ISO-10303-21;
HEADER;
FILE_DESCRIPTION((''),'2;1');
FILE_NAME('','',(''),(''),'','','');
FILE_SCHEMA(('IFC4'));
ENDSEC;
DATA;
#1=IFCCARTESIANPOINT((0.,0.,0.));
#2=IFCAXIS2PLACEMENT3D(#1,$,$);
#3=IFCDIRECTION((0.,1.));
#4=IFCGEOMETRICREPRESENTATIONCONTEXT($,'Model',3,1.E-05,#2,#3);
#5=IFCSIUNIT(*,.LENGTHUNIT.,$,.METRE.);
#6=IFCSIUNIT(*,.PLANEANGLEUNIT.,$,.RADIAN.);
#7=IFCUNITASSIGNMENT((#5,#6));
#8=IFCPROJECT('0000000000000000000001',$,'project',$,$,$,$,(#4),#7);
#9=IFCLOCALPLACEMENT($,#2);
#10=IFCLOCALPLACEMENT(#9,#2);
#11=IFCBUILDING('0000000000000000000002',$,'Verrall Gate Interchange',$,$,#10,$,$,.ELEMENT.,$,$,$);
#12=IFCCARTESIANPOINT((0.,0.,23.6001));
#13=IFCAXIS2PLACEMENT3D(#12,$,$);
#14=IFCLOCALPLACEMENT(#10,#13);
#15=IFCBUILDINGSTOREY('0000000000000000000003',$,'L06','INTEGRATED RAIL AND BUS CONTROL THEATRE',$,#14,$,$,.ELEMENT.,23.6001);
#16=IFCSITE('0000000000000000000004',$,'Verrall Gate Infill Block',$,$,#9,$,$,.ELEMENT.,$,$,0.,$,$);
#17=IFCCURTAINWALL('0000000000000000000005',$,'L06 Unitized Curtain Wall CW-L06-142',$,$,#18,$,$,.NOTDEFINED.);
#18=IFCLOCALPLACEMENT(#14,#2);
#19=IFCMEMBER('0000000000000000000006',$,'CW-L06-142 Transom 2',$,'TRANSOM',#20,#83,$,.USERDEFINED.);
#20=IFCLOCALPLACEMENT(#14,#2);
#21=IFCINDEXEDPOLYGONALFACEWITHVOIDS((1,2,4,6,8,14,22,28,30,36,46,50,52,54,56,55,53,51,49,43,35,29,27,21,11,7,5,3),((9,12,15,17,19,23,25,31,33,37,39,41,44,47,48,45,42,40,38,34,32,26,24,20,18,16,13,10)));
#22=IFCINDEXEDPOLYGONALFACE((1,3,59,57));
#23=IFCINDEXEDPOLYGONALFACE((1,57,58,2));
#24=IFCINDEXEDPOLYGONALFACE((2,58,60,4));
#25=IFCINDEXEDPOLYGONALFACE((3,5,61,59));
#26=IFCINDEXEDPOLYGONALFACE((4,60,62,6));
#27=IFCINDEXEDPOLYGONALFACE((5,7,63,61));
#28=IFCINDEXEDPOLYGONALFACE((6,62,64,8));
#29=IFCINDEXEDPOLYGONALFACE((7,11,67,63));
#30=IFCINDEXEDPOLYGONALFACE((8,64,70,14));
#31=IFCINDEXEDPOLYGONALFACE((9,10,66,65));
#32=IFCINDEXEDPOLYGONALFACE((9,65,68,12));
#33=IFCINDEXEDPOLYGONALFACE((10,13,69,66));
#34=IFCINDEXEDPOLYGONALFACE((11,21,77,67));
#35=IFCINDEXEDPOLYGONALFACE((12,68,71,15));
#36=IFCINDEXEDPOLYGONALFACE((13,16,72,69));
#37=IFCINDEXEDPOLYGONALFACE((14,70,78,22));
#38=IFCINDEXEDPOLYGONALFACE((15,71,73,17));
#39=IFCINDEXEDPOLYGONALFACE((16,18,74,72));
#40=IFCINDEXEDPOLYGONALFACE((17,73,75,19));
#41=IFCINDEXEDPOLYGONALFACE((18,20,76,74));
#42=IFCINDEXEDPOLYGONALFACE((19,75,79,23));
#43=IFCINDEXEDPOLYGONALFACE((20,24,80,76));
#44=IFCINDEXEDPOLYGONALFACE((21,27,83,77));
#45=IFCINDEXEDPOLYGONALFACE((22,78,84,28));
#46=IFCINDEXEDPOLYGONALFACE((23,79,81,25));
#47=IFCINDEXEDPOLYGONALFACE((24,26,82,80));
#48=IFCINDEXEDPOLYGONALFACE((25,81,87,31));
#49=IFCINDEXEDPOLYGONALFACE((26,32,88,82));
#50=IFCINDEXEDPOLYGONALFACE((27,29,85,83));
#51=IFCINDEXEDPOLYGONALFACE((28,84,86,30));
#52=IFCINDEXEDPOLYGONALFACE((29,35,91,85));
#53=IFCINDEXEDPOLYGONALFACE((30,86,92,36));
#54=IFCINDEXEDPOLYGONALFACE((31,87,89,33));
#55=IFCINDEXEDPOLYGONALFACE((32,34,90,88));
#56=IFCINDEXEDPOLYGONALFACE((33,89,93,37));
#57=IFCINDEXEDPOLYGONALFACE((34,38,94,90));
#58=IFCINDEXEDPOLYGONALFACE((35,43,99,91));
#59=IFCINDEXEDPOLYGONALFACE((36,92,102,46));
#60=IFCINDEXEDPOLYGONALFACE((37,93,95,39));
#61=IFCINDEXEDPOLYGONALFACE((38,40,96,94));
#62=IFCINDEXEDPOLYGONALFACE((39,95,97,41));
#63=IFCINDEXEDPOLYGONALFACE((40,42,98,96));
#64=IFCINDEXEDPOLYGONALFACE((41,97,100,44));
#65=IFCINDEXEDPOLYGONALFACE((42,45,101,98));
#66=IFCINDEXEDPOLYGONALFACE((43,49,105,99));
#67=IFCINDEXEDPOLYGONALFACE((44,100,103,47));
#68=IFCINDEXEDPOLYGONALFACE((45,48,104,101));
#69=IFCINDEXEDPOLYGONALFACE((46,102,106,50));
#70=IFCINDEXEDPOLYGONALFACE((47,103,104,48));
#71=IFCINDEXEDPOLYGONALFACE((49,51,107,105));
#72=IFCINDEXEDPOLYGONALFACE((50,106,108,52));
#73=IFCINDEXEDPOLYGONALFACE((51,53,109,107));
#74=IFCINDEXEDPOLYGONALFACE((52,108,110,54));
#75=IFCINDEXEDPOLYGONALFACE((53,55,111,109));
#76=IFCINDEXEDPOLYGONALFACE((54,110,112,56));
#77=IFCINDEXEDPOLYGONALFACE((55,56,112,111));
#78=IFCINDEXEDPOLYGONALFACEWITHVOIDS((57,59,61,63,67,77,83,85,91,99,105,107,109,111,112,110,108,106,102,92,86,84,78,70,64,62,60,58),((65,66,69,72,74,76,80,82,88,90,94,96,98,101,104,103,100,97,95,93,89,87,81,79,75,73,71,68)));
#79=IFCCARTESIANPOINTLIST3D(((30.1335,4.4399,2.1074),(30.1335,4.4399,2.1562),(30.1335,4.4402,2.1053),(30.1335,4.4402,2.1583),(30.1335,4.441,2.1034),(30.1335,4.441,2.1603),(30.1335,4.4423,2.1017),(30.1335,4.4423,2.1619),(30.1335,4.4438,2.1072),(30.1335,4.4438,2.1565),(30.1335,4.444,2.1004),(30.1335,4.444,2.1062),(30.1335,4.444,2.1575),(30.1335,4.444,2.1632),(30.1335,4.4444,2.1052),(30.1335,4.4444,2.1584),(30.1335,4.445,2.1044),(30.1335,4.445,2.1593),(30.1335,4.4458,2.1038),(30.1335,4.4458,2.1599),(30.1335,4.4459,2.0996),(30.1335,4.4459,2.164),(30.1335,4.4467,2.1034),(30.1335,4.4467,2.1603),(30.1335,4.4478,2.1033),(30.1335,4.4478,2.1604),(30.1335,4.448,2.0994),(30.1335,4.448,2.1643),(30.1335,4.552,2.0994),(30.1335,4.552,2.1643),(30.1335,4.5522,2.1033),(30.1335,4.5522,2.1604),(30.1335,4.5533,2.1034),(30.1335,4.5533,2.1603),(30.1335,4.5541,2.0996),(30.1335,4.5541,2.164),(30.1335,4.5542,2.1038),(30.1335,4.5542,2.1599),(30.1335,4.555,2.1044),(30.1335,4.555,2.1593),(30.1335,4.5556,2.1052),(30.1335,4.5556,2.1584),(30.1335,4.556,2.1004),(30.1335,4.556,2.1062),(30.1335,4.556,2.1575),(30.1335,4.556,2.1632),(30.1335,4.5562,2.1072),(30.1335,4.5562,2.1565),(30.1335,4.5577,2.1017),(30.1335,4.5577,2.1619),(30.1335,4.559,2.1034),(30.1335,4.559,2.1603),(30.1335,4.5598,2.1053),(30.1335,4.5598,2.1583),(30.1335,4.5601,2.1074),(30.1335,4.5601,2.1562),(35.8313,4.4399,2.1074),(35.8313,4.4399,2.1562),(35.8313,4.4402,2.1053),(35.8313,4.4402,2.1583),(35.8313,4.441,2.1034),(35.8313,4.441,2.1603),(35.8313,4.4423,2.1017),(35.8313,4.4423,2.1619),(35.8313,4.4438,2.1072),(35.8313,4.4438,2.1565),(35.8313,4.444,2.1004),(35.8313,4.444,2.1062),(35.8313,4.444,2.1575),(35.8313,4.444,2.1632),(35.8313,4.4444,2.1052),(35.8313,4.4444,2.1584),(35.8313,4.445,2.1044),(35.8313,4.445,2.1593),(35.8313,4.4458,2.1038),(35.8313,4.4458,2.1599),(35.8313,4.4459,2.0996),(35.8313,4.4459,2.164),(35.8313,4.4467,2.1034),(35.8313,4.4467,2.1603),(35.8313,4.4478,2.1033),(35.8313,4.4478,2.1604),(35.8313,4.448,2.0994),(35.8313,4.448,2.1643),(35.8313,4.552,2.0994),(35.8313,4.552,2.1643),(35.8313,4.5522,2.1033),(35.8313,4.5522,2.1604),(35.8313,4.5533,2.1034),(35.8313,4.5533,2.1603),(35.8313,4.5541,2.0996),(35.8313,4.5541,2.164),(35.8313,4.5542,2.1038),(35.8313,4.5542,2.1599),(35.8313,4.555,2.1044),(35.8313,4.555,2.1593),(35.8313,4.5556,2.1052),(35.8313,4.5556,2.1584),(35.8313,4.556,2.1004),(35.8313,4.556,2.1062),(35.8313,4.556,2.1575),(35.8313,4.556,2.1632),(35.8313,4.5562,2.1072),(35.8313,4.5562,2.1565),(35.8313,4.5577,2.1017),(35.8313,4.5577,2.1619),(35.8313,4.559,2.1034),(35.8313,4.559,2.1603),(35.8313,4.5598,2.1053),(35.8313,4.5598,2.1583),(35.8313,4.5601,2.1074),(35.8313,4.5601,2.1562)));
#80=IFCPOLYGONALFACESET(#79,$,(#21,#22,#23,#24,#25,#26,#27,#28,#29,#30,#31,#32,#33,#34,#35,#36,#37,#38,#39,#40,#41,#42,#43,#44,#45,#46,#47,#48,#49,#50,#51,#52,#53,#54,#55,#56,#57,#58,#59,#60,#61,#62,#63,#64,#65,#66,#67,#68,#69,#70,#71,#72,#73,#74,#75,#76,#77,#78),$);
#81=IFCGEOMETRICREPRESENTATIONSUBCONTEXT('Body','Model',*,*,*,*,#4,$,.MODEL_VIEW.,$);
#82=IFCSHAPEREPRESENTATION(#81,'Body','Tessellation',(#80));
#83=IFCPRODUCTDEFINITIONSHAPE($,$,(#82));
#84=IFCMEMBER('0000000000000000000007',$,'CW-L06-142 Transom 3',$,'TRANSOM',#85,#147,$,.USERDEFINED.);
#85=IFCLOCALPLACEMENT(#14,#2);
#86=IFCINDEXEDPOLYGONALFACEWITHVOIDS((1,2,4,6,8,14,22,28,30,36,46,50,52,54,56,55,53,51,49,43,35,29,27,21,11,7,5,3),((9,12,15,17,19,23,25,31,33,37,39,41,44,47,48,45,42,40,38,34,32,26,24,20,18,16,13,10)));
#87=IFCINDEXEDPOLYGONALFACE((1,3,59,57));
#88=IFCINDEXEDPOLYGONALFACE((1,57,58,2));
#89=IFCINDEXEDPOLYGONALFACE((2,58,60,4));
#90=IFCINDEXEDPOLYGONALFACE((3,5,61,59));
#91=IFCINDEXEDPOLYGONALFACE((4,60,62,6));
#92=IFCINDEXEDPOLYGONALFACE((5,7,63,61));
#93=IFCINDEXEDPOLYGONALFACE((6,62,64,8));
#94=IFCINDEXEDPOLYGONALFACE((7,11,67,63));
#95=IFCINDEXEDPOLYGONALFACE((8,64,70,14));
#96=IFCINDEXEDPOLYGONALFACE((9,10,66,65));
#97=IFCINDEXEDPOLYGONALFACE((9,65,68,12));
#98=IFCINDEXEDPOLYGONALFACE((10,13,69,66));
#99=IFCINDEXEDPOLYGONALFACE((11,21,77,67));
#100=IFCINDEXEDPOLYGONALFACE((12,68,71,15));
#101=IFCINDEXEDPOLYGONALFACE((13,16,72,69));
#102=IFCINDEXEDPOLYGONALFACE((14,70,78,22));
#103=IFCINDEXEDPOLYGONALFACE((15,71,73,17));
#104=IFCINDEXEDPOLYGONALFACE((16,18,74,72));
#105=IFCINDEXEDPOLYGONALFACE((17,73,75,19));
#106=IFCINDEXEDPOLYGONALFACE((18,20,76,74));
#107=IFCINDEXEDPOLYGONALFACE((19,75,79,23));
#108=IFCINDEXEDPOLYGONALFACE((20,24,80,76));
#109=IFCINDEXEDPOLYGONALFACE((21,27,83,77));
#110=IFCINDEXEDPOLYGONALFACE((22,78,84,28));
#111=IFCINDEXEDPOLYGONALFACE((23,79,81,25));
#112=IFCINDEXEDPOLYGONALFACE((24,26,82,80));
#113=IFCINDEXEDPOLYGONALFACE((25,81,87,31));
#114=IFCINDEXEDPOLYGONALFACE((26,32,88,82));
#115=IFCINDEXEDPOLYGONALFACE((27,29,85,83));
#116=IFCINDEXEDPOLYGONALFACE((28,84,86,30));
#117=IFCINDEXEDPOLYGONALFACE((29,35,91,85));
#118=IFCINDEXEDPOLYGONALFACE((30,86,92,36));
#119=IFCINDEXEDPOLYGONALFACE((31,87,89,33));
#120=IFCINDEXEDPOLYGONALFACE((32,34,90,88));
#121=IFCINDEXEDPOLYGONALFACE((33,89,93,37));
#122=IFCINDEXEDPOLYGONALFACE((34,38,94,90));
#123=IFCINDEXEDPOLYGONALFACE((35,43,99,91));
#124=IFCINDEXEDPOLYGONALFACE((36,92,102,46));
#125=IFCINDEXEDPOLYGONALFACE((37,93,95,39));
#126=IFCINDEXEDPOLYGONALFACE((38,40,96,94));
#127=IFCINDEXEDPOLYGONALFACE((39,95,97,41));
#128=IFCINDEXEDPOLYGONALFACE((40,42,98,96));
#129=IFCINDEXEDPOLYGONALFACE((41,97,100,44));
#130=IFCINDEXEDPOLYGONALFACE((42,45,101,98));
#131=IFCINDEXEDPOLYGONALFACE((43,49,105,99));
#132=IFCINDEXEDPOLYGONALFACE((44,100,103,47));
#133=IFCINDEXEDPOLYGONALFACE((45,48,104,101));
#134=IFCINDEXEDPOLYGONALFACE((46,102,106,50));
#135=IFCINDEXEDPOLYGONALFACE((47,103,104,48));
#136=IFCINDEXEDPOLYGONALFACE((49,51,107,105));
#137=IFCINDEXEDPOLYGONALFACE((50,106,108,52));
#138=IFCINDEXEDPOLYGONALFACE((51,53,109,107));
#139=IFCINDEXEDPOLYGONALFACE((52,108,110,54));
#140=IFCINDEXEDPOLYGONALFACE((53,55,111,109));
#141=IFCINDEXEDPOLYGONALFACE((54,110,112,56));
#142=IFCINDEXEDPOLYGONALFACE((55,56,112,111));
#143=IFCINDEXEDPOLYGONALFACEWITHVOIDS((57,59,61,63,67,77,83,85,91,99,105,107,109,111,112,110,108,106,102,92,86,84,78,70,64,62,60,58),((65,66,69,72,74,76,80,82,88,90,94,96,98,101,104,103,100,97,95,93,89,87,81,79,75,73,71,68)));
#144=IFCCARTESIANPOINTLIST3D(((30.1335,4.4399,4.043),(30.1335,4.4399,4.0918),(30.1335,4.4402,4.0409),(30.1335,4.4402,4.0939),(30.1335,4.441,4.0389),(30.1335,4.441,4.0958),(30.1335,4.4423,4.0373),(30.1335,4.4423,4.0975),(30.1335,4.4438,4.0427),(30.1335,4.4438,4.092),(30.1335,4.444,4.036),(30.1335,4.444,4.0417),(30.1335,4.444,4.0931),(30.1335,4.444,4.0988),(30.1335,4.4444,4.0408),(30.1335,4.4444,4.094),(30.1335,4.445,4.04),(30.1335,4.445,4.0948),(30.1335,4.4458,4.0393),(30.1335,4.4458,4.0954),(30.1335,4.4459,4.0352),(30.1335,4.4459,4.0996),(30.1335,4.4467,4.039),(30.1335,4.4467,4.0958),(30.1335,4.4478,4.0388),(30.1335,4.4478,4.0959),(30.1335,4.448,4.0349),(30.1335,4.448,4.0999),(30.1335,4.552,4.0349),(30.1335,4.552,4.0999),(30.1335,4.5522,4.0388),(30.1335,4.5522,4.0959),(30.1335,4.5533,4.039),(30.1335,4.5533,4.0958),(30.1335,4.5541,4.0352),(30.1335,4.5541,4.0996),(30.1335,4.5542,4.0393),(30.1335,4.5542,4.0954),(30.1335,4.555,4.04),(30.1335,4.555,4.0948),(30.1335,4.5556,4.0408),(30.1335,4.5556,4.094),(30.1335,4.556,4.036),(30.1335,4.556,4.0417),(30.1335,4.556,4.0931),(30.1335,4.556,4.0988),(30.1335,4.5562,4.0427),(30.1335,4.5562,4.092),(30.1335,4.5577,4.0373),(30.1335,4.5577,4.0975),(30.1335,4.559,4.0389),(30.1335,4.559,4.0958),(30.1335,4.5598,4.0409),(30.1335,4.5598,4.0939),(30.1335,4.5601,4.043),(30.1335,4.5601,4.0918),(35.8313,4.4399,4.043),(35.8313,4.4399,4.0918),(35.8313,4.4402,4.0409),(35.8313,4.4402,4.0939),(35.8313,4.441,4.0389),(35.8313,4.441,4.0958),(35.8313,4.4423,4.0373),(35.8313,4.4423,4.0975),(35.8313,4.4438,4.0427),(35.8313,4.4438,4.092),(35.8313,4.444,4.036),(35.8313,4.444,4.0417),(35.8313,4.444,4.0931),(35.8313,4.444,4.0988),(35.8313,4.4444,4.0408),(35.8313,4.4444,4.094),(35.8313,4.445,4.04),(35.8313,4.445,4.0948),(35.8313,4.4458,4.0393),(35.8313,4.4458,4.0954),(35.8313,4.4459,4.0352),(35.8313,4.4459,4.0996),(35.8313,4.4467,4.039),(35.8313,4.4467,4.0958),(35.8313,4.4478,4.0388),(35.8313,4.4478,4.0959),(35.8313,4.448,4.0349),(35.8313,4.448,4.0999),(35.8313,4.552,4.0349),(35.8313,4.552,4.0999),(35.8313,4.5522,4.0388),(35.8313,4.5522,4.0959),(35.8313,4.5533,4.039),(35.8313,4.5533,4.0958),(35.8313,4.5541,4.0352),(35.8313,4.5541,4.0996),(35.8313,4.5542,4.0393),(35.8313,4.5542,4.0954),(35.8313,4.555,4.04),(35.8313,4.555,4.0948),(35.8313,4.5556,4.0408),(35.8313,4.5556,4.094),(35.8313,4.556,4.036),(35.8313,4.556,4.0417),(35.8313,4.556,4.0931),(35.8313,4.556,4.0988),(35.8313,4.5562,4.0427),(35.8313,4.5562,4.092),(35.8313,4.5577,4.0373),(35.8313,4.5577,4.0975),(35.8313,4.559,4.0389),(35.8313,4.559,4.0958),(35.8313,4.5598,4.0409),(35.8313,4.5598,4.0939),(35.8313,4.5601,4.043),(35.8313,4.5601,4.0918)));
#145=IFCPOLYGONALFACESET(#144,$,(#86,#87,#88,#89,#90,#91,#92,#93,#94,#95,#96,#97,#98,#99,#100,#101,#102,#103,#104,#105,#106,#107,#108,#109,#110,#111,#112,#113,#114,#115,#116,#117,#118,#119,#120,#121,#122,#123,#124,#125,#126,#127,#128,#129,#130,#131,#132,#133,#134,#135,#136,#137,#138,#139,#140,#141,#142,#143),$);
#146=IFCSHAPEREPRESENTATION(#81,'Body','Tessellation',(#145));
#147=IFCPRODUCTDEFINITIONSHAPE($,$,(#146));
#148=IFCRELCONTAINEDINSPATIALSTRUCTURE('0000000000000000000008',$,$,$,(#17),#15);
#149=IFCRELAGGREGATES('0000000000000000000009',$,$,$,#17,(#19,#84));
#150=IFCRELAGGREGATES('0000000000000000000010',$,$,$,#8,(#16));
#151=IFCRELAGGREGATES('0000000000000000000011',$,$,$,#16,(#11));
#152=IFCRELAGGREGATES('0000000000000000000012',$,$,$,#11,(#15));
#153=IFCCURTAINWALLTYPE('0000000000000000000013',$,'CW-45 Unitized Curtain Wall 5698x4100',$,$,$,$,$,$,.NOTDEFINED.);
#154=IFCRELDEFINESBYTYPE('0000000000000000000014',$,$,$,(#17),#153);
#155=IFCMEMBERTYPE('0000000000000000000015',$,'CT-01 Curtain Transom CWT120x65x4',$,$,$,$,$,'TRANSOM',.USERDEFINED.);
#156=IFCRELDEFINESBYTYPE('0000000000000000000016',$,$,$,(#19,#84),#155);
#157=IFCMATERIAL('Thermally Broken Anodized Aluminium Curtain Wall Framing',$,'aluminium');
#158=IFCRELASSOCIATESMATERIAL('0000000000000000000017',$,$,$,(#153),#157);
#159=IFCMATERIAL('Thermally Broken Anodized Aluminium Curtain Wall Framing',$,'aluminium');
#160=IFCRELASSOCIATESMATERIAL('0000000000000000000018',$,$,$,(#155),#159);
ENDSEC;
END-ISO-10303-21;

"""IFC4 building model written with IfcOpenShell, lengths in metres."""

from ifc_helpers import new_model, si_unit, direction, frame, origin, origin_2d, place, context, subcontext, project, spatial, hollow_rectangle, extrude, material, material_profile, profile_set, type_object, element, aggregate, save


model = new_model("IFC4")

# Units and contexts
model_context = context("Model", 3, precision=1e-05, world=origin(), true_north=direction((0.0, 1.0)))
body_context = subcontext(model_context, "Body", "Model", "MODEL_VIEW")
ifc_project = project(units=[si_unit("LENGTHUNIT", "METRE"), si_unit("PLANEANGLEUNIT", "RADIAN")], contexts=[model_context])

# Site, building, storey
site_placement = place(None, origin())
site = spatial("IfcSite", under=ifc_project, at=site_placement, Name="Verrall Gate Infill Block", CompositionType="ELEMENT", RefElevation=0.0)
building_placement = place(site_placement, origin())
building = spatial("IfcBuilding", under=site, at=building_placement, Name="Verrall Gate Interchange", CompositionType="ELEMENT")
storey_placement = place(building_placement, frame((0.0, 0.0, 23.6001)))
storey = spatial("IfcBuildingStorey", under=building, at=storey_placement, Name="L06", Description="INTEGRATED RAIL AND BUS CONTROL THEATRE", CompositionType="ELEMENT", Elevation=23.6001)

# Curtain wall
ifc_material_1 = material(Name="Thermally Broken Anodized Aluminium Curtain Wall Framing", Category="aluminium")
curtain_wall_type_1 = type_object("IfcCurtainWallType", Name="CW-45 Unitized Curtain Wall 5698x4100", PredefinedType="NOTDEFINED", material=ifc_material_1)
curtain_wall_1_placement = place(storey_placement, origin())
curtain_wall_1 = element("IfcCurtainWall", 1, at=curtain_wall_1_placement, inside=storey, type_object=curtain_wall_type_1, Name="L06 Unitized Curtain Wall CW-L06-142", PredefinedType="NOTDEFINED")

# Members
ifc_material_2 = material(Name="Thermally Broken Anodized Aluminium Curtain Wall Framing", Category="aluminium")
ifc_material_profile_1 = material_profile(ifc_material_2, hollow_rectangle(XDim=0.1201, YDim=0.0649, WallThickness=0.0039, InnerFilletRadius=0.0039, OuterFilletRadius=0.0081, at=origin_2d()), Name="CWT120x65x4")
ifc_profile_set_1 = profile_set([ifc_material_profile_1], Name="Thermally Broken Anodized Aluminium Curtain Wall Framing")
member_type_1 = type_object("IfcMemberType", Name="CT-01 Curtain Transom CWT120x65x4", ElementType="TRANSOM", PredefinedType="USERDEFINED", material=ifc_profile_set_1)
member_1_placement = place(storey_placement, frame((30.1335, 4.5, 2.1318), z_axis=(1.0, 0.0, 0.0), x_axis=(0.0, 1.0, 0.0)))
member_1 = element("IfcMember", 2, at=member_1_placement, type_object=member_type_1, Name="CW-L06-142 Transom 2", ObjectType="TRANSOM", PredefinedType="USERDEFINED", context=body_context, shape_type="SweptSolid", body=[
    extrude(hollow_rectangle(XDim=0.1201, YDim=0.0649, WallThickness=0.0039, InnerFilletRadius=0.0039, OuterFilletRadius=0.0081, at=origin_2d()), origin(), (0.0, 0.0, 1.0), 5.6978),
])
member_2_placement = place(storey_placement, frame((30.1335, 4.5, 4.0674), z_axis=(1.0, 0.0, 0.0), x_axis=(0.0, 1.0, 0.0)))
member_2 = element("IfcMember", 3, at=member_2_placement, type_object=member_type_1, Name="CW-L06-142 Transom 3", ObjectType="TRANSOM", PredefinedType="USERDEFINED", context=body_context, shape_type="SweptSolid", body=[
    extrude(hollow_rectangle(XDim=0.1201, YDim=0.0649, WallThickness=0.0039, InnerFilletRadius=0.0039, OuterFilletRadius=0.0081, at=origin_2d()), origin(), (0.0, 0.0, 1.0), 5.6978),
])

aggregate(curtain_wall_1, [member_1, member_2])

save(model, "model.ifc")
